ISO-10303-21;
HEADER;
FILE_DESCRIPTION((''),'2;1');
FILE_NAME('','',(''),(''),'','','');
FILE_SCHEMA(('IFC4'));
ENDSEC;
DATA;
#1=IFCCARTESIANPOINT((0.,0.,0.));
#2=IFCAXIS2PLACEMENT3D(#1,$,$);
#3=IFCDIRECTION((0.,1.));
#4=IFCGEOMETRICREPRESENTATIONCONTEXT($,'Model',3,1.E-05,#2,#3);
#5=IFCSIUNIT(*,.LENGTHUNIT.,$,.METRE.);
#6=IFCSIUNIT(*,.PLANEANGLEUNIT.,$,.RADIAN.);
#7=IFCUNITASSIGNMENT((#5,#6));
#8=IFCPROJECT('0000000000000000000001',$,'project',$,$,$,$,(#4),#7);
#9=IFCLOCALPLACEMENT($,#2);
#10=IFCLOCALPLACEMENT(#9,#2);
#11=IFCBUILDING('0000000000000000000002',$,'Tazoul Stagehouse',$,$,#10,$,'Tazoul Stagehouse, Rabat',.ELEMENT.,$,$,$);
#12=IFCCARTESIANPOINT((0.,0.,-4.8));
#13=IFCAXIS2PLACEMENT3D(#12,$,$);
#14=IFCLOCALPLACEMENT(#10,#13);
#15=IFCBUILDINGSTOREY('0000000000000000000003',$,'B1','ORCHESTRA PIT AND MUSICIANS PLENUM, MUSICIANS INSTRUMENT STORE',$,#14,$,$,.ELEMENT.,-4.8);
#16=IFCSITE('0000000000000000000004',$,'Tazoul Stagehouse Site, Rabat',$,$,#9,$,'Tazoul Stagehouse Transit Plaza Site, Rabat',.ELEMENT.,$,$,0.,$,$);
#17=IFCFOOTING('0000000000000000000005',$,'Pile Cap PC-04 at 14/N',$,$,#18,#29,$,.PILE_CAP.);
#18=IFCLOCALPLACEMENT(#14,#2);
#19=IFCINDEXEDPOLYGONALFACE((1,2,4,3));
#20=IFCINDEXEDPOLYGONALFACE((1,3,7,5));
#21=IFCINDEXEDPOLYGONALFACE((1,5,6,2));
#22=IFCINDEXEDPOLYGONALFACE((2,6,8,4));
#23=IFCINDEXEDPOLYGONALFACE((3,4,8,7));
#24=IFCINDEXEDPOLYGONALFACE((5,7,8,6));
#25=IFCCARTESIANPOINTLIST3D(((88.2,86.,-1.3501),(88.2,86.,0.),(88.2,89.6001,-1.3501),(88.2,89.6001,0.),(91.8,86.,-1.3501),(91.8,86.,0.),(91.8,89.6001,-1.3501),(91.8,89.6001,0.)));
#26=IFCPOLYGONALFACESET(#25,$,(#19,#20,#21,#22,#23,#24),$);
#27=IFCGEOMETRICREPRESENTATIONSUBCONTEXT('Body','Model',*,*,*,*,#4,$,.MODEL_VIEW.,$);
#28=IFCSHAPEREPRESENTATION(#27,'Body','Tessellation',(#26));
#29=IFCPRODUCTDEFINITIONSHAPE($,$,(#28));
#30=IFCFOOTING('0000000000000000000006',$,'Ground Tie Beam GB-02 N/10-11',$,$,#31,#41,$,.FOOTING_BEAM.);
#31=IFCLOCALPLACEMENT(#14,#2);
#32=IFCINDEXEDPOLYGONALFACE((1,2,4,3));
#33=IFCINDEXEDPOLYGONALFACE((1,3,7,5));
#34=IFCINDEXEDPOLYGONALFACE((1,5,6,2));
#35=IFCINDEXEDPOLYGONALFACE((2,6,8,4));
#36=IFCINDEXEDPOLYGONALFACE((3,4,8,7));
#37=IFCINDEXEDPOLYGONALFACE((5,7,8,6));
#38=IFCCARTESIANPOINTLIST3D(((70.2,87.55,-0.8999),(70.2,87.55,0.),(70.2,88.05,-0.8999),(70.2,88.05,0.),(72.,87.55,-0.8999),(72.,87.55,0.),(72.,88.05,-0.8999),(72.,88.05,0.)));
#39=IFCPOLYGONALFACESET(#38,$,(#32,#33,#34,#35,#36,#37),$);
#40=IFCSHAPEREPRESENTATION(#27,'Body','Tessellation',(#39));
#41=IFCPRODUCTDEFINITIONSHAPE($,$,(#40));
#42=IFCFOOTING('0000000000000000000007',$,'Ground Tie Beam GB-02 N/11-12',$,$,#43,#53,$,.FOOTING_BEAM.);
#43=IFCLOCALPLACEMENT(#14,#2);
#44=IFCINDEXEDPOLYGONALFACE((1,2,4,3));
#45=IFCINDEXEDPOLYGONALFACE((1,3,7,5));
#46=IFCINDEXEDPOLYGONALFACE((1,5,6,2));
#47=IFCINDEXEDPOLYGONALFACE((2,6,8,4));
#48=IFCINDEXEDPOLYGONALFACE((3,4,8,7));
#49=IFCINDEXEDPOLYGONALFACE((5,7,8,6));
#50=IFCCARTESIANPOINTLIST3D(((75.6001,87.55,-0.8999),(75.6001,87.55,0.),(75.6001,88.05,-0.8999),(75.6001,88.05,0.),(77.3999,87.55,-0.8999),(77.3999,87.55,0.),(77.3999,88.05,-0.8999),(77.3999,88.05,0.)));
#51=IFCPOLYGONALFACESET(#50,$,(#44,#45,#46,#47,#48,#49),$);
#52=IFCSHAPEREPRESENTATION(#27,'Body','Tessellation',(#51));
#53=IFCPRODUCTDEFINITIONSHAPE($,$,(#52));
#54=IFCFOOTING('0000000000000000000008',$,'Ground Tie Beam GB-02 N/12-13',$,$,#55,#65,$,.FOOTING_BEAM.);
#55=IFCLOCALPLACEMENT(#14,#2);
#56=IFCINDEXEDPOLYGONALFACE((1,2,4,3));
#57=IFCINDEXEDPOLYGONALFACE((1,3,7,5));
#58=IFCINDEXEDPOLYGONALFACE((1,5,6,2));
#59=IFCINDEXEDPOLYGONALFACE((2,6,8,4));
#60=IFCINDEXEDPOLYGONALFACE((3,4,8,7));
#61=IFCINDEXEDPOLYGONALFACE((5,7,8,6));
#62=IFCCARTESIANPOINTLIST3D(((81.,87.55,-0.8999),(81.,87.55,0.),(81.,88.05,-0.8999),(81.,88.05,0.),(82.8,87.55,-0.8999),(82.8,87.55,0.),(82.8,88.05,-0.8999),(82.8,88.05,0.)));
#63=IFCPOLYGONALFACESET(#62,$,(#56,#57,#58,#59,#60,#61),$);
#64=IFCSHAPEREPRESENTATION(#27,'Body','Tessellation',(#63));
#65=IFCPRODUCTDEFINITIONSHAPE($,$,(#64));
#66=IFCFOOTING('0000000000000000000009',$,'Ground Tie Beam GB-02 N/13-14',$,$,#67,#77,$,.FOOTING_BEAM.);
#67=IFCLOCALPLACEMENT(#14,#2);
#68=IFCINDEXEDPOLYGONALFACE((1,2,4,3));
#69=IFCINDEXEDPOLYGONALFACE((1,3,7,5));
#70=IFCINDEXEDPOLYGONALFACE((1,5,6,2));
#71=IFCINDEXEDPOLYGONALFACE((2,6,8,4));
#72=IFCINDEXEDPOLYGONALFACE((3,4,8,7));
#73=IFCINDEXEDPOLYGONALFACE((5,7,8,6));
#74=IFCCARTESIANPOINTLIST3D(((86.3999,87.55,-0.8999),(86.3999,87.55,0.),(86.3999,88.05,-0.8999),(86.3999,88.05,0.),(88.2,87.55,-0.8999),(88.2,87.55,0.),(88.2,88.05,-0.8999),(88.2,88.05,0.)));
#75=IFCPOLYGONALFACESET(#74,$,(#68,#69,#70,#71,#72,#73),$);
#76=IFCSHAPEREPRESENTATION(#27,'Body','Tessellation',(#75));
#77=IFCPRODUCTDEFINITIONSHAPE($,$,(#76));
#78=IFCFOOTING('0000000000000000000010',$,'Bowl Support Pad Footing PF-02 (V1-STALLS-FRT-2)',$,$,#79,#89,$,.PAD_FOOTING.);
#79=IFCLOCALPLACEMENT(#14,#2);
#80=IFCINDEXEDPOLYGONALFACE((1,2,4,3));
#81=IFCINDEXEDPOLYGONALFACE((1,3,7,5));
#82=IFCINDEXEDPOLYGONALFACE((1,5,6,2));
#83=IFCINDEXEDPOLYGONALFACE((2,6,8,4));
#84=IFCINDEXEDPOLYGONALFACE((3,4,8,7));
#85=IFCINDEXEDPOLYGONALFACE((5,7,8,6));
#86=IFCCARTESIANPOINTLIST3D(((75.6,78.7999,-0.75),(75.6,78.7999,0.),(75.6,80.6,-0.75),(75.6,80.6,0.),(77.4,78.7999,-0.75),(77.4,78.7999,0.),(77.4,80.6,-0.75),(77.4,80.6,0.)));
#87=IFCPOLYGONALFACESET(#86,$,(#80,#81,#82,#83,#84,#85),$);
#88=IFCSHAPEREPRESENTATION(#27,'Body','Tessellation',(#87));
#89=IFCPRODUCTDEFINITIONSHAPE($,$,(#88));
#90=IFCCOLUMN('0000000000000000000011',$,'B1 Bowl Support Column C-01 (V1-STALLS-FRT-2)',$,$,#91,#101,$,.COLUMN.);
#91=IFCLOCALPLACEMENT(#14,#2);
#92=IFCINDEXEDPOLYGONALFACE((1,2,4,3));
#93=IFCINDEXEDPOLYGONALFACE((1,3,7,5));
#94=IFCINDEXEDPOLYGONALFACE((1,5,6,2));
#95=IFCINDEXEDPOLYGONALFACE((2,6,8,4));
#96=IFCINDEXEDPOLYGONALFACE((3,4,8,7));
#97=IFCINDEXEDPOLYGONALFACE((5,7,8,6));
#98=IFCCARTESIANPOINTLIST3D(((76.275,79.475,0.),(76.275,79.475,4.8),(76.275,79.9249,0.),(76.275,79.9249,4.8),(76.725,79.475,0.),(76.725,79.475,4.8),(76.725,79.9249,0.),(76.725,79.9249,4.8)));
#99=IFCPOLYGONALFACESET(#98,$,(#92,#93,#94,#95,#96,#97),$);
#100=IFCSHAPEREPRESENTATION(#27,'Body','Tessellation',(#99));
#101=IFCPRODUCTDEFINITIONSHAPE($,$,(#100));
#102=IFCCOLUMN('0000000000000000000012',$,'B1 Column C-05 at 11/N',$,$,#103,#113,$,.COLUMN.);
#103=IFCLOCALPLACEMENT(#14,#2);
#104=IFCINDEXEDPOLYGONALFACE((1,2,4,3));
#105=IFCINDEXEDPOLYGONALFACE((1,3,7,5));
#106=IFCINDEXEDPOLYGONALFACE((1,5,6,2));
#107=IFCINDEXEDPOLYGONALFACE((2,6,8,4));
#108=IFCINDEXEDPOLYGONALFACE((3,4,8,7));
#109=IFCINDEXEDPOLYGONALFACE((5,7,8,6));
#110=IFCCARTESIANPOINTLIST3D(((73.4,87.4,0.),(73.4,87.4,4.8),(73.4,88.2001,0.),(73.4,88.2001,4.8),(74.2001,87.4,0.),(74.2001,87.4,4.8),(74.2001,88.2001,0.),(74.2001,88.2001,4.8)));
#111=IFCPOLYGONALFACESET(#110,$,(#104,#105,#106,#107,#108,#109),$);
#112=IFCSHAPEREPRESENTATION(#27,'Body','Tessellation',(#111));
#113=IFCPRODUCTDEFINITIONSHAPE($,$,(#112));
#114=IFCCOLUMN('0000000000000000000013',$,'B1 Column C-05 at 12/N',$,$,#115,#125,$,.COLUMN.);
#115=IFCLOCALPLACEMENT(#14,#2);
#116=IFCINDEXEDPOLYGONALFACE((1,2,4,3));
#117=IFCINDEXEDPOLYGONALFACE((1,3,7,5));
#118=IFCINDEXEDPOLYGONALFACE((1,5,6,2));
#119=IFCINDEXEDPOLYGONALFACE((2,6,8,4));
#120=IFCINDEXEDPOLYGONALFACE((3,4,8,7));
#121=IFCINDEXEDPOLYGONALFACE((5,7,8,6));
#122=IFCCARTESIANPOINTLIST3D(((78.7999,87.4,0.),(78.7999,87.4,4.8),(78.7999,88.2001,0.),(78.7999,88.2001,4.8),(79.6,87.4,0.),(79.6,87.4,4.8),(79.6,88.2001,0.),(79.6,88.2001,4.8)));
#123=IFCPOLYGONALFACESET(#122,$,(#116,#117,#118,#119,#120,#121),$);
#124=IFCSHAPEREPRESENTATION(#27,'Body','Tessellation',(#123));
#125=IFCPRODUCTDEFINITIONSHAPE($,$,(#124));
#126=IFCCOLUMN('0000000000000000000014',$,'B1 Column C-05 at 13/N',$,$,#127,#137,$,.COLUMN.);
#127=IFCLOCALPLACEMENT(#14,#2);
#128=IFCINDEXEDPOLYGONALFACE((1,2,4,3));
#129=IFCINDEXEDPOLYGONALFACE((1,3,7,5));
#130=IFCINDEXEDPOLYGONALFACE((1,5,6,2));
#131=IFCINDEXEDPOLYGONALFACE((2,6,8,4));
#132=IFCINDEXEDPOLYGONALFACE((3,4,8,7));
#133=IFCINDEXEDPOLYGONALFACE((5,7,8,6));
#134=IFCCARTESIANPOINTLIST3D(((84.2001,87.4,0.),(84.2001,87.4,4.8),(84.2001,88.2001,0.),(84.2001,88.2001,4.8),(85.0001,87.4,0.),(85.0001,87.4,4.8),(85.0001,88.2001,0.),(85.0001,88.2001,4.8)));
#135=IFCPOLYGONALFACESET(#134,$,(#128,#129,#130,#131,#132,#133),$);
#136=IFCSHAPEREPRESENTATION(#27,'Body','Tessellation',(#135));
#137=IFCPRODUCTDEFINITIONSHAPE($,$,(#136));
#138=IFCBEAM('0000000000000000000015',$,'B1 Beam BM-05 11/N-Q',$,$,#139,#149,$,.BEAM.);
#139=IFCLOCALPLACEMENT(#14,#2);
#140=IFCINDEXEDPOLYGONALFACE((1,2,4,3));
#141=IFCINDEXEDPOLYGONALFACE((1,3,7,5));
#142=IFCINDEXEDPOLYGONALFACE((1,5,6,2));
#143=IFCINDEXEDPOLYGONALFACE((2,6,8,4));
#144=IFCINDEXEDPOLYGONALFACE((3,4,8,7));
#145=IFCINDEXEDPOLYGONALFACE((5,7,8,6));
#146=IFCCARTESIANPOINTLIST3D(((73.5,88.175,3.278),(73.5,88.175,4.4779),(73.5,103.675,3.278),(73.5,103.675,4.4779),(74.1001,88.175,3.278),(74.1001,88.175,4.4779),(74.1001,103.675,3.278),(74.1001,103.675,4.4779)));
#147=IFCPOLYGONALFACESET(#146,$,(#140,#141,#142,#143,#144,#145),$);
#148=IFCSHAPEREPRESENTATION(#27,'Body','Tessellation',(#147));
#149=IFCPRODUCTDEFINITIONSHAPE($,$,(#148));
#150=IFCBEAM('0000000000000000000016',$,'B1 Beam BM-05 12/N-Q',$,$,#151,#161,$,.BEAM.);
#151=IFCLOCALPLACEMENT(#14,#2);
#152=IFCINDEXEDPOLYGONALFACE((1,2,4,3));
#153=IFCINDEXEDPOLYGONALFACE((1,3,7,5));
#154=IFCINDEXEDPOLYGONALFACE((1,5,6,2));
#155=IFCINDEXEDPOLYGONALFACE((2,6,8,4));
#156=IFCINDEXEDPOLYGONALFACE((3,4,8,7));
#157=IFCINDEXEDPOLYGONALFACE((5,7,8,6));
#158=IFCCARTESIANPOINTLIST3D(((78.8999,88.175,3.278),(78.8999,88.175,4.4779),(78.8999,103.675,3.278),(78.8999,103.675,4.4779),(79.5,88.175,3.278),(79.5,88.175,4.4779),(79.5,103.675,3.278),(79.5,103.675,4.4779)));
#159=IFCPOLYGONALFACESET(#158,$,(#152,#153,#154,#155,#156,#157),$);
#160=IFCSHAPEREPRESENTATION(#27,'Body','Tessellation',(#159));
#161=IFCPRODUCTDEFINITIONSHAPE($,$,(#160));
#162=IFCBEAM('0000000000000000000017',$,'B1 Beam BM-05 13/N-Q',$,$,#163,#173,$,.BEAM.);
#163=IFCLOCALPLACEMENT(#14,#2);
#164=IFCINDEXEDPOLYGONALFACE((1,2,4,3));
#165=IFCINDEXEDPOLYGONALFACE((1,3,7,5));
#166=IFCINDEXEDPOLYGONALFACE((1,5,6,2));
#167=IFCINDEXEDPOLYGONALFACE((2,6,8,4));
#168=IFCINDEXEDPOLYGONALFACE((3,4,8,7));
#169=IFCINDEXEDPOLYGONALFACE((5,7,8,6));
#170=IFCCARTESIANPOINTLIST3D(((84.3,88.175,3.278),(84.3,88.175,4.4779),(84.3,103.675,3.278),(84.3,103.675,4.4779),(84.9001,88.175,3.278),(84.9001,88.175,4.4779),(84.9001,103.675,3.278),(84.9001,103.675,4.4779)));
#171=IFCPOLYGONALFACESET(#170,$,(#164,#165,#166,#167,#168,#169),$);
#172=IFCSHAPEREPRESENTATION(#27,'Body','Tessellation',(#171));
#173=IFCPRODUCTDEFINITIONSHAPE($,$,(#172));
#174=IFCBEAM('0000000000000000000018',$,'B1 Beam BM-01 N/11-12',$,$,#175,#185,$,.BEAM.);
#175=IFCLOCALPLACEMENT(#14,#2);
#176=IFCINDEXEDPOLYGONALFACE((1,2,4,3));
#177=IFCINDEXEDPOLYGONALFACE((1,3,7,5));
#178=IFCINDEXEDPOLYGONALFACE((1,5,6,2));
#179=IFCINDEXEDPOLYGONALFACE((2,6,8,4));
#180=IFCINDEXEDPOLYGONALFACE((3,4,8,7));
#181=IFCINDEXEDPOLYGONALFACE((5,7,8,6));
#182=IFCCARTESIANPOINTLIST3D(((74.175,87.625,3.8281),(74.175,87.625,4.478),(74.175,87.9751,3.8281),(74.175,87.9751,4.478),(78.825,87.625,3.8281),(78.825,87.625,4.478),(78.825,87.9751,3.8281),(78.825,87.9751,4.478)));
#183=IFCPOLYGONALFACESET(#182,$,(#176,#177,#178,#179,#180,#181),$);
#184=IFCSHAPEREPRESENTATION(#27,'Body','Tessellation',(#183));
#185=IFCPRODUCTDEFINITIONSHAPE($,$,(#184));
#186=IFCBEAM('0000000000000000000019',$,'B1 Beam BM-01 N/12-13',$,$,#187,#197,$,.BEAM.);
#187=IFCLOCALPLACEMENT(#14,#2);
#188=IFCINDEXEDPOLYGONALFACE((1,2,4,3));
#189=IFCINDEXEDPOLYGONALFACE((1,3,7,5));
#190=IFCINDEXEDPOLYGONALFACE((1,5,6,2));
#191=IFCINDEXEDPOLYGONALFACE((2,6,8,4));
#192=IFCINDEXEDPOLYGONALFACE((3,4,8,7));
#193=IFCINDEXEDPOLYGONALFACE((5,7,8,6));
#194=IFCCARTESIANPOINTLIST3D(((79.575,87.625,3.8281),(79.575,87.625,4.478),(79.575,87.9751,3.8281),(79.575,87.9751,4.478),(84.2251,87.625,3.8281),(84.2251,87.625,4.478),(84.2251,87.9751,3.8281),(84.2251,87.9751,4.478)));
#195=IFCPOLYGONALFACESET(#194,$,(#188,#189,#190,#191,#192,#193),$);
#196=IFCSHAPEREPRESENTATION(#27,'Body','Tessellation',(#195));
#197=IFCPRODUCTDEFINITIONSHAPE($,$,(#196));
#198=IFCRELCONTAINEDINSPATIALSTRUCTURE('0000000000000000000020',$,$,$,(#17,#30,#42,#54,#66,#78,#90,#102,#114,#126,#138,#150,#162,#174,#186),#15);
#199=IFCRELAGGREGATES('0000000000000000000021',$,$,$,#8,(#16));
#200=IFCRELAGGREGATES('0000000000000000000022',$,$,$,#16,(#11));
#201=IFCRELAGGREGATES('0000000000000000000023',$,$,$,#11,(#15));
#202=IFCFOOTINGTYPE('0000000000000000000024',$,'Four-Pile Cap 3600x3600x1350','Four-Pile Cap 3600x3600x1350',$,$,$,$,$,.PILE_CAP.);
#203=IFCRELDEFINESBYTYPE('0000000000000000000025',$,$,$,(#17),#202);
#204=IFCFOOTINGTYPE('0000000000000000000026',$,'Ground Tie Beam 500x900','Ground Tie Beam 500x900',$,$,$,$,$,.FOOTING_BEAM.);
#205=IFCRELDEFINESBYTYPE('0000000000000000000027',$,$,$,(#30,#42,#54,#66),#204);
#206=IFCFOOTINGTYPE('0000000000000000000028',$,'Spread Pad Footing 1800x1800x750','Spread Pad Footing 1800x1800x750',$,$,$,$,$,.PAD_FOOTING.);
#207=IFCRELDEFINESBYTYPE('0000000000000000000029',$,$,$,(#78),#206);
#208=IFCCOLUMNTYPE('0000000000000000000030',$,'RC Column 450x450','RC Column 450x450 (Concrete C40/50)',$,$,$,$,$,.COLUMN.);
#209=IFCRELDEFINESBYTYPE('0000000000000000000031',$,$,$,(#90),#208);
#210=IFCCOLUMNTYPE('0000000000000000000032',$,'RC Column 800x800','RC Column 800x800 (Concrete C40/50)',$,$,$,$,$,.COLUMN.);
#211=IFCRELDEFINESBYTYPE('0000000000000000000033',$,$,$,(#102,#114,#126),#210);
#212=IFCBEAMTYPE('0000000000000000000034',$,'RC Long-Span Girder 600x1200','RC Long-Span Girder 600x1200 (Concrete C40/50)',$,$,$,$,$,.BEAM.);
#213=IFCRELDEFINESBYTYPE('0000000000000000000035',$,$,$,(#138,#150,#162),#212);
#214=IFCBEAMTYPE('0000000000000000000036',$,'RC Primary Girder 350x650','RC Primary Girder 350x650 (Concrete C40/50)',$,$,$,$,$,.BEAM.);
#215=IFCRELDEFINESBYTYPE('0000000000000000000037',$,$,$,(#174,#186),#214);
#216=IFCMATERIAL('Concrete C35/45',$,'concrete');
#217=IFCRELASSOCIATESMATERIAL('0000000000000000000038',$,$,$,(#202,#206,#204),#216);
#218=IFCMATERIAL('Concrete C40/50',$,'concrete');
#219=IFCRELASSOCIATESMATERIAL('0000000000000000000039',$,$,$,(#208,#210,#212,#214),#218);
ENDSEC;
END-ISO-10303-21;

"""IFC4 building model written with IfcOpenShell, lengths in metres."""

from ifc_helpers import new_model, si_unit, direction, frame, origin, origin_2d, place, context, subcontext, project, spatial, rectangle, extrude, material, material_profile, profile_set, type_object, element, save


model = new_model("IFC4")

# Units and contexts
model_context = context("Model", 3, precision=1e-05, world=origin(), true_north=direction((0.0, 1.0)))
body_context = subcontext(model_context, "Body", "Model", "MODEL_VIEW")
ifc_project = project(units=[si_unit("LENGTHUNIT", "METRE"), si_unit("PLANEANGLEUNIT", "RADIAN")], contexts=[model_context])

# Site, building, storey
site_placement = place(None, origin())
site = spatial("IfcSite", under=ifc_project, at=site_placement, Name="Tazoul Stagehouse Site, Rabat", LongName="Tazoul Stagehouse Transit Plaza Site, Rabat", CompositionType="ELEMENT", RefElevation=0.0)
building_placement = place(site_placement, origin())
building = spatial("IfcBuilding", under=site, at=building_placement, Name="Tazoul Stagehouse", LongName="Tazoul Stagehouse, Rabat", CompositionType="ELEMENT")
storey_placement = place(building_placement, frame((0.0, 0.0, -4.8)))
storey = spatial("IfcBuildingStorey", under=building, at=storey_placement, Name="B1", Description="ORCHESTRA PIT AND MUSICIANS PLENUM, MUSICIANS INSTRUMENT STORE", CompositionType="ELEMENT", Elevation=-4.8)

# Shared definitions
ifc_material_1 = material(Name="Concrete C35/45", Category="concrete")

# Footings
footing_type_1 = type_object("IfcFootingType", Name="Four-Pile Cap 3600x3600x1350", Description="Four-Pile Cap 3600x3600x1350", PredefinedType="PILE_CAP", material=ifc_material_1)
for number, where, z_axis, x_axis, name in (
    (1, (90.0, 87.8, -1.3501), (0.0, 0.0, 1.0), (1.0, 0.0, 0.0), "Pile Cap PC-04 at 14/N"),
):
    element("IfcFooting", number, at=place(storey_placement, frame(where, z_axis=z_axis, x_axis=x_axis)), inside=storey, type_object=footing_type_1, Name=name, PredefinedType="PILE_CAP", context=body_context, shape_type="SweptSolid", body=[
        extrude(rectangle(XDim=3.6001, YDim=3.6001, at=origin_2d()), origin(), (0.0, 0.0, 1.0), 1.3501),
    ])
ifc_material_profile_1 = material_profile(ifc_material_1, rectangle(XDim=0.5, YDim=0.8999, at=origin_2d()), Name="RC 500x900")
ifc_profile_set_1 = profile_set([ifc_material_profile_1], Name="Concrete C35/45")
footing_type_2 = type_object("IfcFootingType", Name="Ground Tie Beam 500x900", Description="Ground Tie Beam 500x900", PredefinedType="FOOTING_BEAM", material=ifc_profile_set_1)
footing_1_placement = place(storey_placement, frame((70.2, 87.8, -0.45), z_axis=(1.0, 0.0, 0.0), x_axis=(0.0, 1.0, 0.0)))
element("IfcFooting", 2, at=footing_1_placement, inside=storey, type_object=footing_type_2, Name="Ground Tie Beam GB-02 N/10-11", PredefinedType="FOOTING_BEAM", context=body_context, shape_type="SweptSolid", body=[
    extrude(rectangle(XDim=0.5, YDim=0.8999, at=origin_2d()), origin(), (0.0, 0.0, 1.0), 1.8),
])
footing_2_placement = place(storey_placement, frame((75.6001, 87.8, -0.45), z_axis=(1.0, 0.0, 0.0), x_axis=(0.0, 1.0, 0.0)))
element("IfcFooting", 3, at=footing_2_placement, inside=storey, type_object=footing_type_2, Name="Ground Tie Beam GB-02 N/11-12", PredefinedType="FOOTING_BEAM", context=body_context, shape_type="SweptSolid", body=[
    extrude(rectangle(XDim=0.5, YDim=0.8999, at=origin_2d()), origin(), (0.0, 0.0, 1.0), 1.7998),
])
for number, where, z_axis, x_axis, name in (
    (4, (81.0, 87.8, -0.45), (1.0, 0.0, 0.0), (0.0, 1.0, 0.0), "Ground Tie Beam GB-02 N/12-13"),
    (5, (86.3999, 87.8, -0.45), (1.0, 0.0, 0.0), (0.0, 1.0, 0.0), "Ground Tie Beam GB-02 N/13-14"),
):
    element("IfcFooting", number, at=place(storey_placement, frame(where, z_axis=z_axis, x_axis=x_axis)), inside=storey, type_object=footing_type_2, Name=name, PredefinedType="FOOTING_BEAM", context=body_context, shape_type="SweptSolid", body=[
        extrude(rectangle(XDim=0.5, YDim=0.8999, at=origin_2d()), origin(), (0.0, 0.0, 1.0), 1.8),
    ])
footing_type_3 = type_object("IfcFootingType", Name="Spread Pad Footing 1800x1800x750", Description="Spread Pad Footing 1800x1800x750", PredefinedType="PAD_FOOTING", material=ifc_material_1)
footing_3_placement = place(storey_placement, frame((76.5, 79.7, -0.75), z_axis=(0.0, 0.0, 1.0), x_axis=(1.0, 0.0, 0.0)))
element("IfcFooting", 6, at=footing_3_placement, inside=storey, type_object=footing_type_3, Name="Bowl Support Pad Footing PF-02 (V1-STALLS-FRT-2)", PredefinedType="PAD_FOOTING", context=body_context, shape_type="SweptSolid", body=[
    extrude(rectangle(XDim=1.8, YDim=1.8, at=origin_2d()), origin(), (0.0, 0.0, 1.0), 0.75),
])

# Columns
ifc_material_2 = material(Name="Concrete C40/50", Category="concrete")
ifc_material_profile_2 = material_profile(ifc_material_2, rectangle(XDim=0.45, YDim=0.45, at=origin_2d()), Name="RC 450x450")
ifc_profile_set_2 = profile_set([ifc_material_profile_2], Name="Concrete C40/50")
column_type_1 = type_object("IfcColumnType", Name="RC Column 450x450", Description="RC Column 450x450 (Concrete C40/50)", PredefinedType="COLUMN", material=ifc_profile_set_2)
column_placement = place(storey_placement, frame((76.5, 79.7, 0.0), z_axis=(0.0, 0.0, 1.0), x_axis=(1.0, 0.0, 0.0)))
element("IfcColumn", 7, at=column_placement, inside=storey, type_object=column_type_1, Name="B1 Bowl Support Column C-01 (V1-STALLS-FRT-2)", PredefinedType="COLUMN", context=body_context, shape_type="SweptSolid", body=[
    extrude(rectangle(XDim=0.45, YDim=0.45, at=origin_2d()), origin(), (0.0, 0.0, 1.0), 4.8),
])
ifc_material_profile_3 = material_profile(ifc_material_2, rectangle(XDim=0.8, YDim=0.8, at=origin_2d()), Name="RC 800x800")
ifc_profile_set_3 = profile_set([ifc_material_profile_3], Name="Concrete C40/50")
column_type_2 = type_object("IfcColumnType", Name="RC Column 800x800", Description="RC Column 800x800 (Concrete C40/50)", PredefinedType="COLUMN", material=ifc_profile_set_3)
for number, where, z_axis, x_axis, name in (
    (8, (73.8, 87.8, 0.0), (0.0, 0.0, 1.0), (1.0, 0.0, 0.0), "B1 Column C-05 at 11/N"),
    (9, (79.2, 87.8, 0.0), (0.0, 0.0, 1.0), (1.0, 0.0, 0.0), "B1 Column C-05 at 12/N"),
    (10, (84.6001, 87.8, 0.0), (0.0, 0.0, 1.0), (1.0, 0.0, 0.0), "B1 Column C-05 at 13/N"),
):
    element("IfcColumn", number, at=place(storey_placement, frame(where, z_axis=z_axis, x_axis=x_axis)), inside=storey, type_object=column_type_2, Name=name, PredefinedType="COLUMN", context=body_context, shape_type="SweptSolid", body=[
        extrude(rectangle(XDim=0.8, YDim=0.8, at=origin_2d()), origin(), (0.0, 0.0, 1.0), 4.8),
    ])

# Beams
ifc_material_profile_4 = material_profile(ifc_material_2, rectangle(XDim=0.6001, YDim=1.2, at=origin_2d()), Name="RC 600x1200")
ifc_profile_set_4 = profile_set([ifc_material_profile_4], Name="Concrete C40/50")
beam_type_1 = type_object("IfcBeamType", Name="RC Long-Span Girder 600x1200", Description="RC Long-Span Girder 600x1200 (Concrete C40/50)", PredefinedType="BEAM", material=ifc_profile_set_4)
for number, where, z_axis, x_axis, name in (
    (11, (73.8, 88.175, 3.8779), (0.0, 1.0, 0.0), (-1.0, 0.0, 0.0), "B1 Beam BM-05 11/N-Q"),
    (12, (79.2, 88.175, 3.8779), (0.0, 1.0, 0.0), (-1.0, 0.0, 0.0), "B1 Beam BM-05 12/N-Q"),
    (13, (84.6001, 88.175, 3.8779), (0.0, 1.0, 0.0), (-1.0, 0.0, 0.0), "B1 Beam BM-05 13/N-Q"),
):
    element("IfcBeam", number, at=place(storey_placement, frame(where, z_axis=z_axis, x_axis=x_axis)), inside=storey, type_object=beam_type_1, Name=name, PredefinedType="BEAM", context=body_context, shape_type="SweptSolid", body=[
        extrude(rectangle(XDim=0.6001, YDim=1.2, at=origin_2d()), origin(), (0.0, 0.0, 1.0), 15.5),
    ])
ifc_material_profile_5 = material_profile(ifc_material_2, rectangle(XDim=0.3501, YDim=0.6499, at=origin_2d()), Name="RC 350x650")
ifc_profile_set_5 = profile_set([ifc_material_profile_5], Name="Concrete C40/50")
beam_type_2 = type_object("IfcBeamType", Name="RC Primary Girder 350x650", Description="RC Primary Girder 350x650 (Concrete C40/50)", PredefinedType="BEAM", material=ifc_profile_set_5)
beam_1_placement = place(storey_placement, frame((74.175, 87.8, 4.1531), z_axis=(1.0, 0.0, 0.0), x_axis=(0.0, 1.0, 0.0)))
element("IfcBeam", 14, at=beam_1_placement, inside=storey, type_object=beam_type_2, Name="B1 Beam BM-01 N/11-12", PredefinedType="BEAM", context=body_context, shape_type="SweptSolid", body=[
    extrude(rectangle(XDim=0.3501, YDim=0.6499, at=origin_2d()), origin(), (0.0, 0.0, 1.0), 4.6499),
])
beam_2_placement = place(storey_placement, frame((79.575, 87.8, 4.1531), z_axis=(1.0, 0.0, 0.0), x_axis=(0.0, 1.0, 0.0)))
element("IfcBeam", 15, at=beam_2_placement, inside=storey, type_object=beam_type_2, Name="B1 Beam BM-01 N/12-13", PredefinedType="BEAM", context=body_context, shape_type="SweptSolid", body=[
    extrude(rectangle(XDim=0.3501, YDim=0.6499, at=origin_2d()), origin(), (0.0, 0.0, 1.0), 4.6501),
])

save(model, "model.ifc")
